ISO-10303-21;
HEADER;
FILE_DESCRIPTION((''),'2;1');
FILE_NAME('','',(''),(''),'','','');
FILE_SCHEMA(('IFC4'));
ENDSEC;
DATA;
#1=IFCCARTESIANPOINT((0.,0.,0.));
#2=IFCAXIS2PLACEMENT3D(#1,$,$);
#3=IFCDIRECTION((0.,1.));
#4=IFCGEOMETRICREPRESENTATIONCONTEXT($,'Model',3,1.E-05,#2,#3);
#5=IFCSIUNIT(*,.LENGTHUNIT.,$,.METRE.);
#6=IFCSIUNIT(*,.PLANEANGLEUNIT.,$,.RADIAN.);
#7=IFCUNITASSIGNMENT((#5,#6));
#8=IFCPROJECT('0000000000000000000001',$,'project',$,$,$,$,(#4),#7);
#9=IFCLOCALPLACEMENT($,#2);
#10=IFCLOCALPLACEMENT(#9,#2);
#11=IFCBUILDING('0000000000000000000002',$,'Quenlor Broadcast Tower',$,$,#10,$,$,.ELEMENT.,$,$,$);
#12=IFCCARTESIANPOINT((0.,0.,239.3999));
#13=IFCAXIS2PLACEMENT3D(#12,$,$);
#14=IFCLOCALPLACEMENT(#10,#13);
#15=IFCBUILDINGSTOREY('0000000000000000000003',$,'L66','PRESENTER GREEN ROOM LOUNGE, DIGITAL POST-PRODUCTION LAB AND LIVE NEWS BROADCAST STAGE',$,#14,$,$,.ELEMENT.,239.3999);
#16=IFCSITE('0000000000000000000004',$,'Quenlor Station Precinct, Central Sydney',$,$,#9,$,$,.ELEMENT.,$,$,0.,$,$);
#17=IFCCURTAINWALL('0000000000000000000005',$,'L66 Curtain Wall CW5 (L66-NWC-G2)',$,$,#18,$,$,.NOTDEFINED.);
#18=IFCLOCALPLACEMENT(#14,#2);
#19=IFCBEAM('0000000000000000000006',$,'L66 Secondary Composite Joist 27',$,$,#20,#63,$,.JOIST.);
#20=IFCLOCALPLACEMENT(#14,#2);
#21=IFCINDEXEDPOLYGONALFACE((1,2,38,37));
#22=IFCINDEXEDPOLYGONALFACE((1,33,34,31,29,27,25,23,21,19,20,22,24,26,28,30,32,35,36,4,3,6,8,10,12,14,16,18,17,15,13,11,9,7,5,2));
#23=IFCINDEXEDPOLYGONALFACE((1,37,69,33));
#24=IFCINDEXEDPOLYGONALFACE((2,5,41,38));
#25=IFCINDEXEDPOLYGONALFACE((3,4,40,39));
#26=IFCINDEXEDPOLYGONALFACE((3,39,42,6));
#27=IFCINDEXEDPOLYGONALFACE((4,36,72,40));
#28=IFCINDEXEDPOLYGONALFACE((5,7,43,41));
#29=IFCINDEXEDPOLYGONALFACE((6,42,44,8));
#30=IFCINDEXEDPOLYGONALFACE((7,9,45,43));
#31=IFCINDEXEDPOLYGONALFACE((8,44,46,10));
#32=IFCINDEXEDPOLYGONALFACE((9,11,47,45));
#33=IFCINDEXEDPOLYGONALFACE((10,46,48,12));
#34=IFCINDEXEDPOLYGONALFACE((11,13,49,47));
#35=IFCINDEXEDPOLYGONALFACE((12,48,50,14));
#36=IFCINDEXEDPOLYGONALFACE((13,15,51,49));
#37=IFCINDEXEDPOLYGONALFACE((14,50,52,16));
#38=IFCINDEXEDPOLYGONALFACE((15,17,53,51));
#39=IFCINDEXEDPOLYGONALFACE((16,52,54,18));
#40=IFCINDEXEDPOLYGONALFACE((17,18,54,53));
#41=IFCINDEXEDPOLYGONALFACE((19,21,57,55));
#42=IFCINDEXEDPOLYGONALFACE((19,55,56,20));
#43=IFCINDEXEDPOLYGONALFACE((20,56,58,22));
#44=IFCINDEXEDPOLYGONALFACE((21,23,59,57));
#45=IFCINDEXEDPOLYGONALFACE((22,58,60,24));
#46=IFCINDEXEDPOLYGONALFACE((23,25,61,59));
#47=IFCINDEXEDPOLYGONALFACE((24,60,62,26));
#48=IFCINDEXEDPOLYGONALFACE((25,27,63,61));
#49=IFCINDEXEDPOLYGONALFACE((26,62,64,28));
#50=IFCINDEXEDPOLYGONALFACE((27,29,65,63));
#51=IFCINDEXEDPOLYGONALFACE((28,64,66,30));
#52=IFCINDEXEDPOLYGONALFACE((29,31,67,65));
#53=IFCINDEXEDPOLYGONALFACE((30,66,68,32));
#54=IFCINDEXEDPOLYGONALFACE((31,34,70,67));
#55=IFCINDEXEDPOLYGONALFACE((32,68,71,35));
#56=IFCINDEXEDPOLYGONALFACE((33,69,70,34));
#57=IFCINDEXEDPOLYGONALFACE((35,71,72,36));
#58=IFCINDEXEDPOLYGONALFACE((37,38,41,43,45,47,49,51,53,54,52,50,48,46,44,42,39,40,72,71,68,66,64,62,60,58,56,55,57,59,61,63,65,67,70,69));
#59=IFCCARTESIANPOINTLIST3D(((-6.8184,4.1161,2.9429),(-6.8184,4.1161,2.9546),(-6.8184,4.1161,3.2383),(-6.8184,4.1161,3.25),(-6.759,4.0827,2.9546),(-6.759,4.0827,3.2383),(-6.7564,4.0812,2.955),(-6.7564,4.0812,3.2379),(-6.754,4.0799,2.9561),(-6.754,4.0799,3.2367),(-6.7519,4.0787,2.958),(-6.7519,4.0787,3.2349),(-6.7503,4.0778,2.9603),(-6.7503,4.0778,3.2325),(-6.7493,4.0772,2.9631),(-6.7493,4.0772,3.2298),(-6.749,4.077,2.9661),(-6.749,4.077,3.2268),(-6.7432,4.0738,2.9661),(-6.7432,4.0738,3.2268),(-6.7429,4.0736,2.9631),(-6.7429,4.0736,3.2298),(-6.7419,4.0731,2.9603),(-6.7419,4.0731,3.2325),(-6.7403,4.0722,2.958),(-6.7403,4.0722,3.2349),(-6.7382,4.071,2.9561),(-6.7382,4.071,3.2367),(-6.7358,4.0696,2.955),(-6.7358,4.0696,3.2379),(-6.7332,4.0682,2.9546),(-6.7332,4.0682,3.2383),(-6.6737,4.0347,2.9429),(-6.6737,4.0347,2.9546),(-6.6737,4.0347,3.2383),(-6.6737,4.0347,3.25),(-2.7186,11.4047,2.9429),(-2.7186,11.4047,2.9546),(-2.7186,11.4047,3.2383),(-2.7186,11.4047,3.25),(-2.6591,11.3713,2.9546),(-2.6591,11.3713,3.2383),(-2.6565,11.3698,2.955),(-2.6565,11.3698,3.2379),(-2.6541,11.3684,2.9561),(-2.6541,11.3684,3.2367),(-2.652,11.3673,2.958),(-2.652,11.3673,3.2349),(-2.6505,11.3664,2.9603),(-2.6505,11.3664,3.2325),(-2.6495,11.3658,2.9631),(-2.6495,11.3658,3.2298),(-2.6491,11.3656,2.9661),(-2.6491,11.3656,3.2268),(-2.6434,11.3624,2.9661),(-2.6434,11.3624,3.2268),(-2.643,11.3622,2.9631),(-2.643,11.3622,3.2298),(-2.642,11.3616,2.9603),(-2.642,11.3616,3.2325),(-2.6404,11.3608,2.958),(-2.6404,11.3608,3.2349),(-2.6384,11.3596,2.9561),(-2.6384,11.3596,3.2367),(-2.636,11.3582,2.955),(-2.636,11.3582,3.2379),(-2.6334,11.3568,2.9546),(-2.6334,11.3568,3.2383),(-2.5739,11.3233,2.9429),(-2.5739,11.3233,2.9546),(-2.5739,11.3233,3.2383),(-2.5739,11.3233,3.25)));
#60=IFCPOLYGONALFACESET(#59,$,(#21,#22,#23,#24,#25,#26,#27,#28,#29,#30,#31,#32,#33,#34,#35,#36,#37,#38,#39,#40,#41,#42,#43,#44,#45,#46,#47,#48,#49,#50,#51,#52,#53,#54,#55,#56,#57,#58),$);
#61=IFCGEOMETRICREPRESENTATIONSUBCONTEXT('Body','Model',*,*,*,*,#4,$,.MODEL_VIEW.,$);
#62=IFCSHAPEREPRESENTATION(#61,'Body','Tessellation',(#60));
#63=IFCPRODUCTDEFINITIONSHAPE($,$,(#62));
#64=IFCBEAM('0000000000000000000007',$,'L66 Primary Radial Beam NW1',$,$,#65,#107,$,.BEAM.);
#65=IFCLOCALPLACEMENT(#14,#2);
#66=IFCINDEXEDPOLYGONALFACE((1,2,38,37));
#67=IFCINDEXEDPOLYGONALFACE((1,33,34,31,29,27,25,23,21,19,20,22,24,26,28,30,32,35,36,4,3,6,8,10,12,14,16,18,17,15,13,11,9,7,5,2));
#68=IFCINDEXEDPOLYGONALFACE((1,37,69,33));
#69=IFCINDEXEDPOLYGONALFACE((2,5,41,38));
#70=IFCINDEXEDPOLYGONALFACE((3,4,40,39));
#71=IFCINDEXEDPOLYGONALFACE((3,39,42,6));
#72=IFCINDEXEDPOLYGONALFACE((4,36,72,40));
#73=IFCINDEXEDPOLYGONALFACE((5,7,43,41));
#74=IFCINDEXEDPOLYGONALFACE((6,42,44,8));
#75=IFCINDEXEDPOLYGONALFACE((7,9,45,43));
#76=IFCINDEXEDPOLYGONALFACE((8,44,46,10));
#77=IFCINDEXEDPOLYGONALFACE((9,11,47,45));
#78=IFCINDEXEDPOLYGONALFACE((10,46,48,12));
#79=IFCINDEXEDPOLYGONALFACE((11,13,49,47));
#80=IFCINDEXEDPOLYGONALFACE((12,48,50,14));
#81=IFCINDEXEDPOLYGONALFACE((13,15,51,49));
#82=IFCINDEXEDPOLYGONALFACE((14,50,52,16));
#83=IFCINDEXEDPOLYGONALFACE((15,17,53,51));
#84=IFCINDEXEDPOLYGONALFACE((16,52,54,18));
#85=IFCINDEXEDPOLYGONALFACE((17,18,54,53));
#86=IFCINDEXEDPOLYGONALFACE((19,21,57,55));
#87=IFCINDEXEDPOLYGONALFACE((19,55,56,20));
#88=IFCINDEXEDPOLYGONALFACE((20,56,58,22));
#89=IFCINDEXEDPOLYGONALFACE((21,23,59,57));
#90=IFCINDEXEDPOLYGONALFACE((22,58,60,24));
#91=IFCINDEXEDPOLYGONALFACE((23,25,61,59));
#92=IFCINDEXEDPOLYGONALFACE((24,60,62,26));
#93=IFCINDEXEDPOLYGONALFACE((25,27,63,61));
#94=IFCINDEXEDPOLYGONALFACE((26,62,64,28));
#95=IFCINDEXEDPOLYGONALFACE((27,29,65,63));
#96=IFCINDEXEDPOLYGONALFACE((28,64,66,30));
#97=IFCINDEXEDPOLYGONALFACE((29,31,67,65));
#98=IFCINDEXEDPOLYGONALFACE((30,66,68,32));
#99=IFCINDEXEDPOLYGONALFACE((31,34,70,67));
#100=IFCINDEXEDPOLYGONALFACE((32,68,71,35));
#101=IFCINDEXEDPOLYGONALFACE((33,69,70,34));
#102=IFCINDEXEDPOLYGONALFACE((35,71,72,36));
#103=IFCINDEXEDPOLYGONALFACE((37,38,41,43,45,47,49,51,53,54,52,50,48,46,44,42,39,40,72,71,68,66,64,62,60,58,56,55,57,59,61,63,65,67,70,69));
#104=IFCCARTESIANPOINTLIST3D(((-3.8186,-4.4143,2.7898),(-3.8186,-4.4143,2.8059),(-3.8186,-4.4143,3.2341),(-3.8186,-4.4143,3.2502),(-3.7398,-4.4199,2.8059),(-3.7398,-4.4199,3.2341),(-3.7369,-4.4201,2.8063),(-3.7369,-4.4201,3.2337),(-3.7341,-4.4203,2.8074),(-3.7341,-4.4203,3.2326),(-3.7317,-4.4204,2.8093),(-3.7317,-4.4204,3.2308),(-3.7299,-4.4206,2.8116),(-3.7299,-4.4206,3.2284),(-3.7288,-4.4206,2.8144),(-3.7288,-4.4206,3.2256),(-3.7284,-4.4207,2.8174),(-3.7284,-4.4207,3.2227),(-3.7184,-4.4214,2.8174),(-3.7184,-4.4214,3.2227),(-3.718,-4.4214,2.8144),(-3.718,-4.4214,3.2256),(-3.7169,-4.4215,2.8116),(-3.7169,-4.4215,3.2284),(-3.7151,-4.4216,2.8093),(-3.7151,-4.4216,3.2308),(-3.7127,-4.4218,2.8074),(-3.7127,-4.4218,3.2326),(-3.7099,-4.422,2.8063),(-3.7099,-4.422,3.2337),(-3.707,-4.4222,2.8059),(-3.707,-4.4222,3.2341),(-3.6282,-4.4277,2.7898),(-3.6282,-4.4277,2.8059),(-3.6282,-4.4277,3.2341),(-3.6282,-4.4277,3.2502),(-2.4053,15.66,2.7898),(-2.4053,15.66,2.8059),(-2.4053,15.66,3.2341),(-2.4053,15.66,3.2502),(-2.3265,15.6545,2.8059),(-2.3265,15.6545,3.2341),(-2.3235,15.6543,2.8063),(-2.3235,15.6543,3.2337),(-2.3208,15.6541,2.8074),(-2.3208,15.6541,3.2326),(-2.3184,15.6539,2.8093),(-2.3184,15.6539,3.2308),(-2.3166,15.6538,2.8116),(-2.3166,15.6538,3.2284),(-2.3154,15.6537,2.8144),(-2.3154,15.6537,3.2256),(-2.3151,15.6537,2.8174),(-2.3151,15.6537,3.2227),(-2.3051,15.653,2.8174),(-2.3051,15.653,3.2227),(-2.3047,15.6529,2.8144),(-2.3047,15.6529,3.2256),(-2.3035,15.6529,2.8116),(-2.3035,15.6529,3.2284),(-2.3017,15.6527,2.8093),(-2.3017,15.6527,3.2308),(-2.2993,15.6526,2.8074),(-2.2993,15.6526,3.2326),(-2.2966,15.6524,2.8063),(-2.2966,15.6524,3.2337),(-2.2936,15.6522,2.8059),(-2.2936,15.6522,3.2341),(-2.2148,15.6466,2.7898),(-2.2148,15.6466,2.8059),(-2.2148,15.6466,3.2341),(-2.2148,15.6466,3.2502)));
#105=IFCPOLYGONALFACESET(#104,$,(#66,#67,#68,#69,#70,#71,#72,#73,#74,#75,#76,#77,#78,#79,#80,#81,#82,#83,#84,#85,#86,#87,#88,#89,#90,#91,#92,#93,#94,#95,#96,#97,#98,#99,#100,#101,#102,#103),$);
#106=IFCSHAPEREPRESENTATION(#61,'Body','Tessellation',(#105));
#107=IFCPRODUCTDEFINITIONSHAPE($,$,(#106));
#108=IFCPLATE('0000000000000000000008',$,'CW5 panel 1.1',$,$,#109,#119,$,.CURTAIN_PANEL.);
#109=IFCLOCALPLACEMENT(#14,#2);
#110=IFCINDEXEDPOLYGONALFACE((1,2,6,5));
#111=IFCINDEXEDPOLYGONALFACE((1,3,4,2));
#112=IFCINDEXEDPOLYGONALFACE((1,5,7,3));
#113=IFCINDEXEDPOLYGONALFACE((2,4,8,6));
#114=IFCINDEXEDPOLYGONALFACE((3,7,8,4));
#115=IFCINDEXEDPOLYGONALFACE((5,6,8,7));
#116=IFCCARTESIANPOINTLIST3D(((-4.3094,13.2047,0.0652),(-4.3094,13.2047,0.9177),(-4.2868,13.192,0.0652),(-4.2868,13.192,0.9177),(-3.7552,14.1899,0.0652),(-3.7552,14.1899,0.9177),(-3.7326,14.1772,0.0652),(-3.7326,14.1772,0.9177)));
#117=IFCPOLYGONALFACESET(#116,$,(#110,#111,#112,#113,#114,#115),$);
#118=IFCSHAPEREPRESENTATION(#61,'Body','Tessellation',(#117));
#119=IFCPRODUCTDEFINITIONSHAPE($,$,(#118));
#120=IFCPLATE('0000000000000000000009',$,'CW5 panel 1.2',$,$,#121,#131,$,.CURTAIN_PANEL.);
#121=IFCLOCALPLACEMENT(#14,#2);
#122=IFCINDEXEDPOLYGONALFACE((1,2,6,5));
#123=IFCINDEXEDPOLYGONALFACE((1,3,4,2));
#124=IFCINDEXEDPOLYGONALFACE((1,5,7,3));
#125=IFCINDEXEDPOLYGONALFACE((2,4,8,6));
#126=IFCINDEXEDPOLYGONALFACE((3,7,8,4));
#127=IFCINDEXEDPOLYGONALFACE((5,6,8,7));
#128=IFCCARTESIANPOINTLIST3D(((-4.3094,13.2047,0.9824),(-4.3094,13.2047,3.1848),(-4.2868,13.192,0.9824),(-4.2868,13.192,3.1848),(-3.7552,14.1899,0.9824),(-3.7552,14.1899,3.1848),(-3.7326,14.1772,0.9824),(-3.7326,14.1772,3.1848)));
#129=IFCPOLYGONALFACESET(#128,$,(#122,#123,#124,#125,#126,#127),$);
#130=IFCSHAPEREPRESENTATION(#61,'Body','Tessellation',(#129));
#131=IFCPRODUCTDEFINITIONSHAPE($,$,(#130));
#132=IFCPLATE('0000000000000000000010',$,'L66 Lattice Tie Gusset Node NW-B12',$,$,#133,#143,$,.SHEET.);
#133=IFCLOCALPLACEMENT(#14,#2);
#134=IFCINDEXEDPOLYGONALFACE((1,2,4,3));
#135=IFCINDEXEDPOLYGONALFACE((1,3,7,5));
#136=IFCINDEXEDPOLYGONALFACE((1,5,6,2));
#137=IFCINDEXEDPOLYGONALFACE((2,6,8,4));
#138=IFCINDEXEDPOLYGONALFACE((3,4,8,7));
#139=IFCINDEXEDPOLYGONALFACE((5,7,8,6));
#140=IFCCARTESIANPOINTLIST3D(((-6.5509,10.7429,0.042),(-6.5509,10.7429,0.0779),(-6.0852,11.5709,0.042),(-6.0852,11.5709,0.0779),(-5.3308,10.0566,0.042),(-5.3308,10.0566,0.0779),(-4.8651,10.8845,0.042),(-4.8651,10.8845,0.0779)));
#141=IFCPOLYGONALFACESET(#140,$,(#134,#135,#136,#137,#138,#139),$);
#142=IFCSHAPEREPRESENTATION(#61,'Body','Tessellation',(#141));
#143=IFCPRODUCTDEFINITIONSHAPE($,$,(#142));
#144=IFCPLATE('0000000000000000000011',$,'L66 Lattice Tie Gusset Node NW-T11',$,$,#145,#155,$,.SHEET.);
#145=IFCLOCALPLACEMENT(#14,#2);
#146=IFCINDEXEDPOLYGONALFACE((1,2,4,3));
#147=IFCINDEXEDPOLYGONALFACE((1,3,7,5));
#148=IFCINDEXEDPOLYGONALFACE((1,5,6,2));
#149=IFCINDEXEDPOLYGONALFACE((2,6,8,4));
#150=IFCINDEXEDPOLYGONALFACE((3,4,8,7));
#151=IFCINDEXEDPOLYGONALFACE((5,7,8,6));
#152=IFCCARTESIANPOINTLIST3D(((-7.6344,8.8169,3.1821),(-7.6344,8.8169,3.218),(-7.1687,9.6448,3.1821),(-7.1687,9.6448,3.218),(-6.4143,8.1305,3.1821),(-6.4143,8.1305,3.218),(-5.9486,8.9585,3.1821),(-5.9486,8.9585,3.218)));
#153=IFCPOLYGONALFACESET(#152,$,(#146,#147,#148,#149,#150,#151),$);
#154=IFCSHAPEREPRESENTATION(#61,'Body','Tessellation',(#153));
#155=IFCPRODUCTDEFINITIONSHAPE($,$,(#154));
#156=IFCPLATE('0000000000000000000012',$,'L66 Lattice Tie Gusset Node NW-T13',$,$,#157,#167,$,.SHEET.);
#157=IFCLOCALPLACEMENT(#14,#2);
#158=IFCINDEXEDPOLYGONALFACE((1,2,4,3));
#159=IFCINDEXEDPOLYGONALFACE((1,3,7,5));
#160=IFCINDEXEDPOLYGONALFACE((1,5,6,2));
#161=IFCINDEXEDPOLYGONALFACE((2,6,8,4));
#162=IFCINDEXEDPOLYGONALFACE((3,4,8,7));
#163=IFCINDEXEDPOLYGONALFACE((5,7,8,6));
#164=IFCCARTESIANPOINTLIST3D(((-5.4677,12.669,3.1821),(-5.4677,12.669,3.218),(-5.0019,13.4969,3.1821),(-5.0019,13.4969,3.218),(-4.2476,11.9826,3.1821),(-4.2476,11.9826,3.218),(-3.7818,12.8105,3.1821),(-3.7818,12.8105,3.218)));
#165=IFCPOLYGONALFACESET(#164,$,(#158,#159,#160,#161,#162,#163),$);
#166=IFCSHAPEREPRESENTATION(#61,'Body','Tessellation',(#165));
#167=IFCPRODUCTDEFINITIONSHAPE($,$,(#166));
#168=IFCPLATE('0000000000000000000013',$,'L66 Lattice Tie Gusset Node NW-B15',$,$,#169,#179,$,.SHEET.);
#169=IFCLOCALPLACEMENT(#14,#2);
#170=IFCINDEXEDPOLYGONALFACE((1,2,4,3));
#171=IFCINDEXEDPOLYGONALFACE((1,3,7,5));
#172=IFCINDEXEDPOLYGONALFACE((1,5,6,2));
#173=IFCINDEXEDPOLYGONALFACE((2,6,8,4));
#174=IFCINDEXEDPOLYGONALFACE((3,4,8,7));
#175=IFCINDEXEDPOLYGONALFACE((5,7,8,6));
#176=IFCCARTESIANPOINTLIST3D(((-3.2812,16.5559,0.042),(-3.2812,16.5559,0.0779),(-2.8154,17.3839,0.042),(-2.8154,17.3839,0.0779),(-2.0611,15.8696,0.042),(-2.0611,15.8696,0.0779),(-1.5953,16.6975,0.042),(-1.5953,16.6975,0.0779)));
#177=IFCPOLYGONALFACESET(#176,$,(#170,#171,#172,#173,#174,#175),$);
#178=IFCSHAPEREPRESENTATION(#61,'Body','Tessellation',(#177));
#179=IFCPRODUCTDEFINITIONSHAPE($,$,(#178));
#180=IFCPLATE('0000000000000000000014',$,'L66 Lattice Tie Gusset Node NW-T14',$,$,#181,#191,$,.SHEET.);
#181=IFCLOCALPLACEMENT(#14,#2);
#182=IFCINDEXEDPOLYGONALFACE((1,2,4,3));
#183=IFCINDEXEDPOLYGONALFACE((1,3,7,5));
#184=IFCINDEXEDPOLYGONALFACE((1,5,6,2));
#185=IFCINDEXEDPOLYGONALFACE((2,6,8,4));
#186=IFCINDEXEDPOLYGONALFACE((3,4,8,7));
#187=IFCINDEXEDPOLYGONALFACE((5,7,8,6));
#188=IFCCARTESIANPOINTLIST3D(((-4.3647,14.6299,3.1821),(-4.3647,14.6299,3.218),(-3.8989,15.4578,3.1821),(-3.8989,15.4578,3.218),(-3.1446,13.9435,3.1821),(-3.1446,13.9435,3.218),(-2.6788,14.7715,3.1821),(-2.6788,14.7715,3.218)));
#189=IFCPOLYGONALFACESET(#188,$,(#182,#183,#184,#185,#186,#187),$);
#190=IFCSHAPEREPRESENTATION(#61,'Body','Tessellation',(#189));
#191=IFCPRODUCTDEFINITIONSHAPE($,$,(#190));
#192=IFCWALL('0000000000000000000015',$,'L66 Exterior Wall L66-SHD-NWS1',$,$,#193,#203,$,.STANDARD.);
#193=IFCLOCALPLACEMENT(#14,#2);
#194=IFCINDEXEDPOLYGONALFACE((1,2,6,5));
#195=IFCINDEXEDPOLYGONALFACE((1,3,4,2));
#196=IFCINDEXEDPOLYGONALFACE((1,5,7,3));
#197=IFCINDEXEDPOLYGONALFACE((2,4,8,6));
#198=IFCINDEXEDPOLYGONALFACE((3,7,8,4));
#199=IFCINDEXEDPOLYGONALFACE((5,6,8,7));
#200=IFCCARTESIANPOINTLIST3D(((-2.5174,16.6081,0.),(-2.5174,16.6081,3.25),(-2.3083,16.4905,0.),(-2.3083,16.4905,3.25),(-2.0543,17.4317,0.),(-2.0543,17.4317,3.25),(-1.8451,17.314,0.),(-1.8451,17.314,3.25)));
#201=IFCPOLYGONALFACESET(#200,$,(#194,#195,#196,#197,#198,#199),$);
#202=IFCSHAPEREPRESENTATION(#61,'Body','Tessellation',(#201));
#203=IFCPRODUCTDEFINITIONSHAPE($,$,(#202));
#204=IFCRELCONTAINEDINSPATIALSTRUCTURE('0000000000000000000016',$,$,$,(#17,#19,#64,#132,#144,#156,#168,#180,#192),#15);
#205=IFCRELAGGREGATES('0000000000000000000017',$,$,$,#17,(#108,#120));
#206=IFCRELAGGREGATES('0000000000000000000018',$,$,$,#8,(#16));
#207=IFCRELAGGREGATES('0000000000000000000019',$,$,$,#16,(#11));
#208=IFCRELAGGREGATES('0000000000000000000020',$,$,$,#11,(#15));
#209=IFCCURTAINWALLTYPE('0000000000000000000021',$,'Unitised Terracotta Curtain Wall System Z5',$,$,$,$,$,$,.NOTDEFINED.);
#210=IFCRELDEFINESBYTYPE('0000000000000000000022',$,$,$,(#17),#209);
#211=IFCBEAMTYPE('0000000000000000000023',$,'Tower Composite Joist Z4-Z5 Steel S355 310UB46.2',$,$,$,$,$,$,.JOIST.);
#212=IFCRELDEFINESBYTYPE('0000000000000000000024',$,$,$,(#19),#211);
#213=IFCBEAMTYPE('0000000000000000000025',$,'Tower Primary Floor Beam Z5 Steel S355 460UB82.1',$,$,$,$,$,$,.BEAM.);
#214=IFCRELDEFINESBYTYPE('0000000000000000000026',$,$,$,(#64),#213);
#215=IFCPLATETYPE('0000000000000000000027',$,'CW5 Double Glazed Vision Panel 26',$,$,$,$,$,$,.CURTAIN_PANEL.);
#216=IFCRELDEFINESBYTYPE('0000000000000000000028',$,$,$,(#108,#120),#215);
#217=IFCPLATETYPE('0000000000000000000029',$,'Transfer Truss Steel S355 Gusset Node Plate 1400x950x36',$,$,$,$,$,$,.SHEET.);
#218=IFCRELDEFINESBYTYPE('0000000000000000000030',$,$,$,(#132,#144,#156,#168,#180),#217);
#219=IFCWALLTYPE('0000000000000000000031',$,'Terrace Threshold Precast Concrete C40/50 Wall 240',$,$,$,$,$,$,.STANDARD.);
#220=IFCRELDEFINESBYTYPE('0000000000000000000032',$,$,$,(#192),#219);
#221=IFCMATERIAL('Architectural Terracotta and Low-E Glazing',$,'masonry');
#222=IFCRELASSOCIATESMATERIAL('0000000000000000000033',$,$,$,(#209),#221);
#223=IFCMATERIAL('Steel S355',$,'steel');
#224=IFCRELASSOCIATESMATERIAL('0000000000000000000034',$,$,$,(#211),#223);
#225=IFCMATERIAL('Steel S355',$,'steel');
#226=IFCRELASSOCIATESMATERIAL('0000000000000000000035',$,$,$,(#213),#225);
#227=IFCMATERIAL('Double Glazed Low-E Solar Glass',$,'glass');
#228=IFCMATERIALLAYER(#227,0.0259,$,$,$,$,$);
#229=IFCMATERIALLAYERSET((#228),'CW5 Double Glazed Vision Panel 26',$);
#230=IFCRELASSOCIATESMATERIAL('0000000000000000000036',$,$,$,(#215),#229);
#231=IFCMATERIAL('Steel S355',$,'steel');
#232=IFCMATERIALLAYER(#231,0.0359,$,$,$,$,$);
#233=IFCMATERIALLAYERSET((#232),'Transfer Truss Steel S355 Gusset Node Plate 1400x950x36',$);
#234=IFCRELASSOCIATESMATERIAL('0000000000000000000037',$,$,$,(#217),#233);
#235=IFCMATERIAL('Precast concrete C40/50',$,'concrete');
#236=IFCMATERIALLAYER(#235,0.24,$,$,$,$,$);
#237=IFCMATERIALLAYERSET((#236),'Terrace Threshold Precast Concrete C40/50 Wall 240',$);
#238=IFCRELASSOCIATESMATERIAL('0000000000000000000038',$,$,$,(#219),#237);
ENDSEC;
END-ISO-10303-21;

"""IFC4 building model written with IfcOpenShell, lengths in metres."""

from ifc_helpers import new_model, si_unit, direction, frame, frame_2d, origin, origin_2d, place, context, subcontext, project, spatial, rectangle, i_section, extrude, material, layer, layer_set, material_profile, profile_set, type_object, element, aggregate, save


model = new_model("IFC4")

# Units and contexts
model_context = context("Model", 3, precision=1e-05, world=origin(), true_north=direction((0.0, 1.0)))
body_context = subcontext(model_context, "Body", "Model", "MODEL_VIEW")
ifc_project = project(units=[si_unit("LENGTHUNIT", "METRE"), si_unit("PLANEANGLEUNIT", "RADIAN")], contexts=[model_context])

# Site, building, storey
site_placement = place(None, origin())
site = spatial("IfcSite", under=ifc_project, at=site_placement, Name="Quenlor Station Precinct, Central Sydney", CompositionType="ELEMENT", RefElevation=0.0)
building_placement = place(site_placement, origin())
building = spatial("IfcBuilding", under=site, at=building_placement, Name="Quenlor Broadcast Tower", CompositionType="ELEMENT")
storey_placement = place(building_placement, frame((0.0, 0.0, 239.3999)))
storey = spatial("IfcBuildingStorey", under=building, at=storey_placement, Name="L66", Description="PRESENTER GREEN ROOM LOUNGE, DIGITAL POST-PRODUCTION LAB AND LIVE NEWS BROADCAST STAGE", CompositionType="ELEMENT", Elevation=239.3999)

# Curtain wall
ifc_material_1 = material(Name="Architectural Terracotta and Low-E Glazing", Category="masonry")
curtain_wall_type = type_object("IfcCurtainWallType", Name="Unitised Terracotta Curtain Wall System Z5", PredefinedType="NOTDEFINED", material=ifc_material_1)
curtain_wall_placement = place(storey_placement, origin())
curtain_wall = element("IfcCurtainWall", 1, at=curtain_wall_placement, inside=storey, type_object=curtain_wall_type, Name="L66 Curtain Wall CW5 (L66-NWC-G2)", PredefinedType="NOTDEFINED")

# Beams
ifc_material_2 = material(Name="Steel S355", Category="steel")
ifc_material_profile_1 = material_profile(ifc_material_2, i_section(OverallWidth=0.166, OverallDepth=0.3071, WebThickness=0.0066, FlangeThickness=0.0117, FilletRadius=0.0115, at=origin_2d()))
ifc_profile_set_1 = profile_set([ifc_material_profile_1], Name="Steel S355 310UB46.2")
beam_type_1 = type_object("IfcBeamType", Name="Tower Composite Joist Z4-Z5 Steel S355 310UB46.2", PredefinedType="JOIST", material=ifc_profile_set_1)
beam_1_placement = place(storey_placement, frame((-2.6462, 11.364, 3.0964), z_axis=(-0.490264, -0.871574, 0.0), x_axis=(0.871574, -0.490264, 0.0)))
element("IfcBeam", 2, at=beam_1_placement, inside=storey, type_object=beam_type_1, Name="L66 Secondary Composite Joist 27", PredefinedType="JOIST", context=body_context, shape_type="SweptSolid", body=[
    extrude(i_section(OverallWidth=0.166, OverallDepth=0.3071, WebThickness=0.0066, FlangeThickness=0.0117, FilletRadius=0.0115, at=origin_2d()), origin(), (0.0, 0.0, 1.0), 8.3625),
])
ifc_material_3 = material(Name="Steel S355", Category="steel")
ifc_material_profile_2 = material_profile(ifc_material_3, i_section(OverallWidth=0.1909, OverallDepth=0.4604, WebThickness=0.01, FlangeThickness=0.0161, FilletRadius=0.0115, at=origin_2d()))
ifc_profile_set_2 = profile_set([ifc_material_profile_2], Name="Steel S355 460UB82.1")
beam_type_2 = type_object("IfcBeamType", Name="Tower Primary Floor Beam Z5 Steel S355 460UB82.1", PredefinedType="BEAM", material=ifc_profile_set_2)
beam_2_placement = place(storey_placement, frame((-2.3101, 15.6533, 3.02), z_axis=(-0.070231, -0.997531, 0.0), x_axis=(0.997531, -0.070231, 0.0)))
element("IfcBeam", 3, at=beam_2_placement, inside=storey, type_object=beam_type_2, Name="L66 Primary Radial Beam NW1", PredefinedType="BEAM", context=body_context, shape_type="SweptSolid", body=[
    extrude(i_section(OverallWidth=0.1909, OverallDepth=0.4604, WebThickness=0.01, FlangeThickness=0.0161, FilletRadius=0.0115, at=origin_2d()), origin(), (0.0, 0.0, 1.0), 20.124),
])

# Plates
ifc_material_4 = material(Name="Double Glazed Low-E Solar Glass", Category="glass")
ifc_layer_1 = layer(ifc_material_4, 0.0259)
ifc_layer_set_1 = layer_set([ifc_layer_1], Name="CW5 Double Glazed Vision Panel 26")
plate_type_1 = type_object("IfcPlateType", Name="CW5 Double Glazed Vision Panel 26", PredefinedType="CURTAIN_PANEL", material=ifc_layer_set_1)
plate_1_placement = place(storey_placement, frame((-4.021, 13.6909, 0.0652), z_axis=(0.0, 0.0, 1.0), x_axis=(0.490291, 0.871559, 0.0)))
plate_1 = element("IfcPlate", 4, at=plate_1_placement, type_object=plate_type_1, Name="CW5 panel 1.1", PredefinedType="CURTAIN_PANEL", context=body_context, shape_type="SweptSolid", body=[
    extrude(rectangle(XDim=1.1304, YDim=0.0259, at=origin_2d()), origin(), (0.0, 0.0, 1.0), 0.8525),
])
plate_2_placement = place(storey_placement, frame((-4.021, 13.6909, 0.9824), z_axis=(0.0, 0.0, 1.0), x_axis=(0.490291, 0.871559, 0.0)))
plate_2 = element("IfcPlate", 5, at=plate_2_placement, type_object=plate_type_1, Name="CW5 panel 1.2", PredefinedType="CURTAIN_PANEL", context=body_context, shape_type="SweptSolid", body=[
    extrude(rectangle(XDim=1.1304, YDim=0.0259, at=origin_2d()), origin(), (0.0, 0.0, 1.0), 2.2024),
])
aggregate(curtain_wall, [plate_1, plate_2])

# Plates
ifc_material_5 = material(Name="Steel S355", Category="steel")
ifc_layer_2 = layer(ifc_material_5, 0.0359)
ifc_layer_set_2 = layer_set([ifc_layer_2], Name="Transfer Truss Steel S355 Gusset Node Plate 1400x950x36")
plate_type_2 = type_object("IfcPlateType", Name="Transfer Truss Steel S355 Gusset Node Plate 1400x950x36", PredefinedType="SHEET", material=ifc_layer_set_2)
for number, where, z_axis, x_axis, name in (
    (6, (-5.708, 10.8137, 0.042), (0.0, 0.0, 1.0), (-0.871556, 0.490295, 0.0), "L66 Lattice Tie Gusset Node NW-B12"),
    (7, (-6.7915, 8.8877, 3.1821), (0.0, 0.0, 1.0), (-0.871556, 0.490295, 0.0), "L66 Lattice Tie Gusset Node NW-T11"),
    (8, (-4.6248, 12.7397, 3.1821), (0.0, 0.0, 1.0), (-0.871556, 0.490295, 0.0), "L66 Lattice Tie Gusset Node NW-T13"),
    (9, (-2.4382, 16.6267, 0.042), (0.0, 0.0, 1.0), (-0.871556, 0.490295, 0.0), "L66 Lattice Tie Gusset Node NW-B15"),
    (10, (-3.5217, 14.7007, 3.1821), (0.0, 0.0, 1.0), (-0.871556, 0.490295, 0.0), "L66 Lattice Tie Gusset Node NW-T14"),
):
    element("IfcPlate", number, at=place(storey_placement, frame(where, z_axis=z_axis, x_axis=x_axis)), inside=storey, type_object=plate_type_2, Name=name, PredefinedType="SHEET", context=body_context, shape_type="SweptSolid", body=[
        extrude(rectangle(XDim=1.3999, YDim=0.95, at=origin_2d()), origin(), (0.0, 0.0, 1.0), 0.0359),
    ])

# Wall
ifc_material_6 = material(Name="Precast concrete C40/50", Category="concrete")
ifc_layer_3 = layer(ifc_material_6, 0.24)
ifc_layer_set_3 = layer_set([ifc_layer_3], Name="Terrace Threshold Precast Concrete C40/50 Wall 240")
wall_type_1 = type_object("IfcWallType", Name="Terrace Threshold Precast Concrete C40/50 Wall 240", PredefinedType="STANDARD", material=ifc_layer_set_3)
wall_1_placement = place(storey_placement, frame((-2.4128, 16.5493, 0.0), z_axis=(0.0, 0.0, 1.0), x_axis=(0.4902, 0.87161, 0.0)))
element("IfcWall", 11, at=wall_1_placement, inside=storey, type_object=wall_type_1, Name="L66 Exterior Wall L66-SHD-NWS1", PredefinedType="STANDARD", context=body_context, shape_type="SweptSolid", body=[
    extrude(rectangle(XDim=0.9448, YDim=0.24, at=frame_2d((0.4724, 0.0))), origin(), (0.0, 0.0, 1.0), 3.25),
])

save(model, "model.ifc")
